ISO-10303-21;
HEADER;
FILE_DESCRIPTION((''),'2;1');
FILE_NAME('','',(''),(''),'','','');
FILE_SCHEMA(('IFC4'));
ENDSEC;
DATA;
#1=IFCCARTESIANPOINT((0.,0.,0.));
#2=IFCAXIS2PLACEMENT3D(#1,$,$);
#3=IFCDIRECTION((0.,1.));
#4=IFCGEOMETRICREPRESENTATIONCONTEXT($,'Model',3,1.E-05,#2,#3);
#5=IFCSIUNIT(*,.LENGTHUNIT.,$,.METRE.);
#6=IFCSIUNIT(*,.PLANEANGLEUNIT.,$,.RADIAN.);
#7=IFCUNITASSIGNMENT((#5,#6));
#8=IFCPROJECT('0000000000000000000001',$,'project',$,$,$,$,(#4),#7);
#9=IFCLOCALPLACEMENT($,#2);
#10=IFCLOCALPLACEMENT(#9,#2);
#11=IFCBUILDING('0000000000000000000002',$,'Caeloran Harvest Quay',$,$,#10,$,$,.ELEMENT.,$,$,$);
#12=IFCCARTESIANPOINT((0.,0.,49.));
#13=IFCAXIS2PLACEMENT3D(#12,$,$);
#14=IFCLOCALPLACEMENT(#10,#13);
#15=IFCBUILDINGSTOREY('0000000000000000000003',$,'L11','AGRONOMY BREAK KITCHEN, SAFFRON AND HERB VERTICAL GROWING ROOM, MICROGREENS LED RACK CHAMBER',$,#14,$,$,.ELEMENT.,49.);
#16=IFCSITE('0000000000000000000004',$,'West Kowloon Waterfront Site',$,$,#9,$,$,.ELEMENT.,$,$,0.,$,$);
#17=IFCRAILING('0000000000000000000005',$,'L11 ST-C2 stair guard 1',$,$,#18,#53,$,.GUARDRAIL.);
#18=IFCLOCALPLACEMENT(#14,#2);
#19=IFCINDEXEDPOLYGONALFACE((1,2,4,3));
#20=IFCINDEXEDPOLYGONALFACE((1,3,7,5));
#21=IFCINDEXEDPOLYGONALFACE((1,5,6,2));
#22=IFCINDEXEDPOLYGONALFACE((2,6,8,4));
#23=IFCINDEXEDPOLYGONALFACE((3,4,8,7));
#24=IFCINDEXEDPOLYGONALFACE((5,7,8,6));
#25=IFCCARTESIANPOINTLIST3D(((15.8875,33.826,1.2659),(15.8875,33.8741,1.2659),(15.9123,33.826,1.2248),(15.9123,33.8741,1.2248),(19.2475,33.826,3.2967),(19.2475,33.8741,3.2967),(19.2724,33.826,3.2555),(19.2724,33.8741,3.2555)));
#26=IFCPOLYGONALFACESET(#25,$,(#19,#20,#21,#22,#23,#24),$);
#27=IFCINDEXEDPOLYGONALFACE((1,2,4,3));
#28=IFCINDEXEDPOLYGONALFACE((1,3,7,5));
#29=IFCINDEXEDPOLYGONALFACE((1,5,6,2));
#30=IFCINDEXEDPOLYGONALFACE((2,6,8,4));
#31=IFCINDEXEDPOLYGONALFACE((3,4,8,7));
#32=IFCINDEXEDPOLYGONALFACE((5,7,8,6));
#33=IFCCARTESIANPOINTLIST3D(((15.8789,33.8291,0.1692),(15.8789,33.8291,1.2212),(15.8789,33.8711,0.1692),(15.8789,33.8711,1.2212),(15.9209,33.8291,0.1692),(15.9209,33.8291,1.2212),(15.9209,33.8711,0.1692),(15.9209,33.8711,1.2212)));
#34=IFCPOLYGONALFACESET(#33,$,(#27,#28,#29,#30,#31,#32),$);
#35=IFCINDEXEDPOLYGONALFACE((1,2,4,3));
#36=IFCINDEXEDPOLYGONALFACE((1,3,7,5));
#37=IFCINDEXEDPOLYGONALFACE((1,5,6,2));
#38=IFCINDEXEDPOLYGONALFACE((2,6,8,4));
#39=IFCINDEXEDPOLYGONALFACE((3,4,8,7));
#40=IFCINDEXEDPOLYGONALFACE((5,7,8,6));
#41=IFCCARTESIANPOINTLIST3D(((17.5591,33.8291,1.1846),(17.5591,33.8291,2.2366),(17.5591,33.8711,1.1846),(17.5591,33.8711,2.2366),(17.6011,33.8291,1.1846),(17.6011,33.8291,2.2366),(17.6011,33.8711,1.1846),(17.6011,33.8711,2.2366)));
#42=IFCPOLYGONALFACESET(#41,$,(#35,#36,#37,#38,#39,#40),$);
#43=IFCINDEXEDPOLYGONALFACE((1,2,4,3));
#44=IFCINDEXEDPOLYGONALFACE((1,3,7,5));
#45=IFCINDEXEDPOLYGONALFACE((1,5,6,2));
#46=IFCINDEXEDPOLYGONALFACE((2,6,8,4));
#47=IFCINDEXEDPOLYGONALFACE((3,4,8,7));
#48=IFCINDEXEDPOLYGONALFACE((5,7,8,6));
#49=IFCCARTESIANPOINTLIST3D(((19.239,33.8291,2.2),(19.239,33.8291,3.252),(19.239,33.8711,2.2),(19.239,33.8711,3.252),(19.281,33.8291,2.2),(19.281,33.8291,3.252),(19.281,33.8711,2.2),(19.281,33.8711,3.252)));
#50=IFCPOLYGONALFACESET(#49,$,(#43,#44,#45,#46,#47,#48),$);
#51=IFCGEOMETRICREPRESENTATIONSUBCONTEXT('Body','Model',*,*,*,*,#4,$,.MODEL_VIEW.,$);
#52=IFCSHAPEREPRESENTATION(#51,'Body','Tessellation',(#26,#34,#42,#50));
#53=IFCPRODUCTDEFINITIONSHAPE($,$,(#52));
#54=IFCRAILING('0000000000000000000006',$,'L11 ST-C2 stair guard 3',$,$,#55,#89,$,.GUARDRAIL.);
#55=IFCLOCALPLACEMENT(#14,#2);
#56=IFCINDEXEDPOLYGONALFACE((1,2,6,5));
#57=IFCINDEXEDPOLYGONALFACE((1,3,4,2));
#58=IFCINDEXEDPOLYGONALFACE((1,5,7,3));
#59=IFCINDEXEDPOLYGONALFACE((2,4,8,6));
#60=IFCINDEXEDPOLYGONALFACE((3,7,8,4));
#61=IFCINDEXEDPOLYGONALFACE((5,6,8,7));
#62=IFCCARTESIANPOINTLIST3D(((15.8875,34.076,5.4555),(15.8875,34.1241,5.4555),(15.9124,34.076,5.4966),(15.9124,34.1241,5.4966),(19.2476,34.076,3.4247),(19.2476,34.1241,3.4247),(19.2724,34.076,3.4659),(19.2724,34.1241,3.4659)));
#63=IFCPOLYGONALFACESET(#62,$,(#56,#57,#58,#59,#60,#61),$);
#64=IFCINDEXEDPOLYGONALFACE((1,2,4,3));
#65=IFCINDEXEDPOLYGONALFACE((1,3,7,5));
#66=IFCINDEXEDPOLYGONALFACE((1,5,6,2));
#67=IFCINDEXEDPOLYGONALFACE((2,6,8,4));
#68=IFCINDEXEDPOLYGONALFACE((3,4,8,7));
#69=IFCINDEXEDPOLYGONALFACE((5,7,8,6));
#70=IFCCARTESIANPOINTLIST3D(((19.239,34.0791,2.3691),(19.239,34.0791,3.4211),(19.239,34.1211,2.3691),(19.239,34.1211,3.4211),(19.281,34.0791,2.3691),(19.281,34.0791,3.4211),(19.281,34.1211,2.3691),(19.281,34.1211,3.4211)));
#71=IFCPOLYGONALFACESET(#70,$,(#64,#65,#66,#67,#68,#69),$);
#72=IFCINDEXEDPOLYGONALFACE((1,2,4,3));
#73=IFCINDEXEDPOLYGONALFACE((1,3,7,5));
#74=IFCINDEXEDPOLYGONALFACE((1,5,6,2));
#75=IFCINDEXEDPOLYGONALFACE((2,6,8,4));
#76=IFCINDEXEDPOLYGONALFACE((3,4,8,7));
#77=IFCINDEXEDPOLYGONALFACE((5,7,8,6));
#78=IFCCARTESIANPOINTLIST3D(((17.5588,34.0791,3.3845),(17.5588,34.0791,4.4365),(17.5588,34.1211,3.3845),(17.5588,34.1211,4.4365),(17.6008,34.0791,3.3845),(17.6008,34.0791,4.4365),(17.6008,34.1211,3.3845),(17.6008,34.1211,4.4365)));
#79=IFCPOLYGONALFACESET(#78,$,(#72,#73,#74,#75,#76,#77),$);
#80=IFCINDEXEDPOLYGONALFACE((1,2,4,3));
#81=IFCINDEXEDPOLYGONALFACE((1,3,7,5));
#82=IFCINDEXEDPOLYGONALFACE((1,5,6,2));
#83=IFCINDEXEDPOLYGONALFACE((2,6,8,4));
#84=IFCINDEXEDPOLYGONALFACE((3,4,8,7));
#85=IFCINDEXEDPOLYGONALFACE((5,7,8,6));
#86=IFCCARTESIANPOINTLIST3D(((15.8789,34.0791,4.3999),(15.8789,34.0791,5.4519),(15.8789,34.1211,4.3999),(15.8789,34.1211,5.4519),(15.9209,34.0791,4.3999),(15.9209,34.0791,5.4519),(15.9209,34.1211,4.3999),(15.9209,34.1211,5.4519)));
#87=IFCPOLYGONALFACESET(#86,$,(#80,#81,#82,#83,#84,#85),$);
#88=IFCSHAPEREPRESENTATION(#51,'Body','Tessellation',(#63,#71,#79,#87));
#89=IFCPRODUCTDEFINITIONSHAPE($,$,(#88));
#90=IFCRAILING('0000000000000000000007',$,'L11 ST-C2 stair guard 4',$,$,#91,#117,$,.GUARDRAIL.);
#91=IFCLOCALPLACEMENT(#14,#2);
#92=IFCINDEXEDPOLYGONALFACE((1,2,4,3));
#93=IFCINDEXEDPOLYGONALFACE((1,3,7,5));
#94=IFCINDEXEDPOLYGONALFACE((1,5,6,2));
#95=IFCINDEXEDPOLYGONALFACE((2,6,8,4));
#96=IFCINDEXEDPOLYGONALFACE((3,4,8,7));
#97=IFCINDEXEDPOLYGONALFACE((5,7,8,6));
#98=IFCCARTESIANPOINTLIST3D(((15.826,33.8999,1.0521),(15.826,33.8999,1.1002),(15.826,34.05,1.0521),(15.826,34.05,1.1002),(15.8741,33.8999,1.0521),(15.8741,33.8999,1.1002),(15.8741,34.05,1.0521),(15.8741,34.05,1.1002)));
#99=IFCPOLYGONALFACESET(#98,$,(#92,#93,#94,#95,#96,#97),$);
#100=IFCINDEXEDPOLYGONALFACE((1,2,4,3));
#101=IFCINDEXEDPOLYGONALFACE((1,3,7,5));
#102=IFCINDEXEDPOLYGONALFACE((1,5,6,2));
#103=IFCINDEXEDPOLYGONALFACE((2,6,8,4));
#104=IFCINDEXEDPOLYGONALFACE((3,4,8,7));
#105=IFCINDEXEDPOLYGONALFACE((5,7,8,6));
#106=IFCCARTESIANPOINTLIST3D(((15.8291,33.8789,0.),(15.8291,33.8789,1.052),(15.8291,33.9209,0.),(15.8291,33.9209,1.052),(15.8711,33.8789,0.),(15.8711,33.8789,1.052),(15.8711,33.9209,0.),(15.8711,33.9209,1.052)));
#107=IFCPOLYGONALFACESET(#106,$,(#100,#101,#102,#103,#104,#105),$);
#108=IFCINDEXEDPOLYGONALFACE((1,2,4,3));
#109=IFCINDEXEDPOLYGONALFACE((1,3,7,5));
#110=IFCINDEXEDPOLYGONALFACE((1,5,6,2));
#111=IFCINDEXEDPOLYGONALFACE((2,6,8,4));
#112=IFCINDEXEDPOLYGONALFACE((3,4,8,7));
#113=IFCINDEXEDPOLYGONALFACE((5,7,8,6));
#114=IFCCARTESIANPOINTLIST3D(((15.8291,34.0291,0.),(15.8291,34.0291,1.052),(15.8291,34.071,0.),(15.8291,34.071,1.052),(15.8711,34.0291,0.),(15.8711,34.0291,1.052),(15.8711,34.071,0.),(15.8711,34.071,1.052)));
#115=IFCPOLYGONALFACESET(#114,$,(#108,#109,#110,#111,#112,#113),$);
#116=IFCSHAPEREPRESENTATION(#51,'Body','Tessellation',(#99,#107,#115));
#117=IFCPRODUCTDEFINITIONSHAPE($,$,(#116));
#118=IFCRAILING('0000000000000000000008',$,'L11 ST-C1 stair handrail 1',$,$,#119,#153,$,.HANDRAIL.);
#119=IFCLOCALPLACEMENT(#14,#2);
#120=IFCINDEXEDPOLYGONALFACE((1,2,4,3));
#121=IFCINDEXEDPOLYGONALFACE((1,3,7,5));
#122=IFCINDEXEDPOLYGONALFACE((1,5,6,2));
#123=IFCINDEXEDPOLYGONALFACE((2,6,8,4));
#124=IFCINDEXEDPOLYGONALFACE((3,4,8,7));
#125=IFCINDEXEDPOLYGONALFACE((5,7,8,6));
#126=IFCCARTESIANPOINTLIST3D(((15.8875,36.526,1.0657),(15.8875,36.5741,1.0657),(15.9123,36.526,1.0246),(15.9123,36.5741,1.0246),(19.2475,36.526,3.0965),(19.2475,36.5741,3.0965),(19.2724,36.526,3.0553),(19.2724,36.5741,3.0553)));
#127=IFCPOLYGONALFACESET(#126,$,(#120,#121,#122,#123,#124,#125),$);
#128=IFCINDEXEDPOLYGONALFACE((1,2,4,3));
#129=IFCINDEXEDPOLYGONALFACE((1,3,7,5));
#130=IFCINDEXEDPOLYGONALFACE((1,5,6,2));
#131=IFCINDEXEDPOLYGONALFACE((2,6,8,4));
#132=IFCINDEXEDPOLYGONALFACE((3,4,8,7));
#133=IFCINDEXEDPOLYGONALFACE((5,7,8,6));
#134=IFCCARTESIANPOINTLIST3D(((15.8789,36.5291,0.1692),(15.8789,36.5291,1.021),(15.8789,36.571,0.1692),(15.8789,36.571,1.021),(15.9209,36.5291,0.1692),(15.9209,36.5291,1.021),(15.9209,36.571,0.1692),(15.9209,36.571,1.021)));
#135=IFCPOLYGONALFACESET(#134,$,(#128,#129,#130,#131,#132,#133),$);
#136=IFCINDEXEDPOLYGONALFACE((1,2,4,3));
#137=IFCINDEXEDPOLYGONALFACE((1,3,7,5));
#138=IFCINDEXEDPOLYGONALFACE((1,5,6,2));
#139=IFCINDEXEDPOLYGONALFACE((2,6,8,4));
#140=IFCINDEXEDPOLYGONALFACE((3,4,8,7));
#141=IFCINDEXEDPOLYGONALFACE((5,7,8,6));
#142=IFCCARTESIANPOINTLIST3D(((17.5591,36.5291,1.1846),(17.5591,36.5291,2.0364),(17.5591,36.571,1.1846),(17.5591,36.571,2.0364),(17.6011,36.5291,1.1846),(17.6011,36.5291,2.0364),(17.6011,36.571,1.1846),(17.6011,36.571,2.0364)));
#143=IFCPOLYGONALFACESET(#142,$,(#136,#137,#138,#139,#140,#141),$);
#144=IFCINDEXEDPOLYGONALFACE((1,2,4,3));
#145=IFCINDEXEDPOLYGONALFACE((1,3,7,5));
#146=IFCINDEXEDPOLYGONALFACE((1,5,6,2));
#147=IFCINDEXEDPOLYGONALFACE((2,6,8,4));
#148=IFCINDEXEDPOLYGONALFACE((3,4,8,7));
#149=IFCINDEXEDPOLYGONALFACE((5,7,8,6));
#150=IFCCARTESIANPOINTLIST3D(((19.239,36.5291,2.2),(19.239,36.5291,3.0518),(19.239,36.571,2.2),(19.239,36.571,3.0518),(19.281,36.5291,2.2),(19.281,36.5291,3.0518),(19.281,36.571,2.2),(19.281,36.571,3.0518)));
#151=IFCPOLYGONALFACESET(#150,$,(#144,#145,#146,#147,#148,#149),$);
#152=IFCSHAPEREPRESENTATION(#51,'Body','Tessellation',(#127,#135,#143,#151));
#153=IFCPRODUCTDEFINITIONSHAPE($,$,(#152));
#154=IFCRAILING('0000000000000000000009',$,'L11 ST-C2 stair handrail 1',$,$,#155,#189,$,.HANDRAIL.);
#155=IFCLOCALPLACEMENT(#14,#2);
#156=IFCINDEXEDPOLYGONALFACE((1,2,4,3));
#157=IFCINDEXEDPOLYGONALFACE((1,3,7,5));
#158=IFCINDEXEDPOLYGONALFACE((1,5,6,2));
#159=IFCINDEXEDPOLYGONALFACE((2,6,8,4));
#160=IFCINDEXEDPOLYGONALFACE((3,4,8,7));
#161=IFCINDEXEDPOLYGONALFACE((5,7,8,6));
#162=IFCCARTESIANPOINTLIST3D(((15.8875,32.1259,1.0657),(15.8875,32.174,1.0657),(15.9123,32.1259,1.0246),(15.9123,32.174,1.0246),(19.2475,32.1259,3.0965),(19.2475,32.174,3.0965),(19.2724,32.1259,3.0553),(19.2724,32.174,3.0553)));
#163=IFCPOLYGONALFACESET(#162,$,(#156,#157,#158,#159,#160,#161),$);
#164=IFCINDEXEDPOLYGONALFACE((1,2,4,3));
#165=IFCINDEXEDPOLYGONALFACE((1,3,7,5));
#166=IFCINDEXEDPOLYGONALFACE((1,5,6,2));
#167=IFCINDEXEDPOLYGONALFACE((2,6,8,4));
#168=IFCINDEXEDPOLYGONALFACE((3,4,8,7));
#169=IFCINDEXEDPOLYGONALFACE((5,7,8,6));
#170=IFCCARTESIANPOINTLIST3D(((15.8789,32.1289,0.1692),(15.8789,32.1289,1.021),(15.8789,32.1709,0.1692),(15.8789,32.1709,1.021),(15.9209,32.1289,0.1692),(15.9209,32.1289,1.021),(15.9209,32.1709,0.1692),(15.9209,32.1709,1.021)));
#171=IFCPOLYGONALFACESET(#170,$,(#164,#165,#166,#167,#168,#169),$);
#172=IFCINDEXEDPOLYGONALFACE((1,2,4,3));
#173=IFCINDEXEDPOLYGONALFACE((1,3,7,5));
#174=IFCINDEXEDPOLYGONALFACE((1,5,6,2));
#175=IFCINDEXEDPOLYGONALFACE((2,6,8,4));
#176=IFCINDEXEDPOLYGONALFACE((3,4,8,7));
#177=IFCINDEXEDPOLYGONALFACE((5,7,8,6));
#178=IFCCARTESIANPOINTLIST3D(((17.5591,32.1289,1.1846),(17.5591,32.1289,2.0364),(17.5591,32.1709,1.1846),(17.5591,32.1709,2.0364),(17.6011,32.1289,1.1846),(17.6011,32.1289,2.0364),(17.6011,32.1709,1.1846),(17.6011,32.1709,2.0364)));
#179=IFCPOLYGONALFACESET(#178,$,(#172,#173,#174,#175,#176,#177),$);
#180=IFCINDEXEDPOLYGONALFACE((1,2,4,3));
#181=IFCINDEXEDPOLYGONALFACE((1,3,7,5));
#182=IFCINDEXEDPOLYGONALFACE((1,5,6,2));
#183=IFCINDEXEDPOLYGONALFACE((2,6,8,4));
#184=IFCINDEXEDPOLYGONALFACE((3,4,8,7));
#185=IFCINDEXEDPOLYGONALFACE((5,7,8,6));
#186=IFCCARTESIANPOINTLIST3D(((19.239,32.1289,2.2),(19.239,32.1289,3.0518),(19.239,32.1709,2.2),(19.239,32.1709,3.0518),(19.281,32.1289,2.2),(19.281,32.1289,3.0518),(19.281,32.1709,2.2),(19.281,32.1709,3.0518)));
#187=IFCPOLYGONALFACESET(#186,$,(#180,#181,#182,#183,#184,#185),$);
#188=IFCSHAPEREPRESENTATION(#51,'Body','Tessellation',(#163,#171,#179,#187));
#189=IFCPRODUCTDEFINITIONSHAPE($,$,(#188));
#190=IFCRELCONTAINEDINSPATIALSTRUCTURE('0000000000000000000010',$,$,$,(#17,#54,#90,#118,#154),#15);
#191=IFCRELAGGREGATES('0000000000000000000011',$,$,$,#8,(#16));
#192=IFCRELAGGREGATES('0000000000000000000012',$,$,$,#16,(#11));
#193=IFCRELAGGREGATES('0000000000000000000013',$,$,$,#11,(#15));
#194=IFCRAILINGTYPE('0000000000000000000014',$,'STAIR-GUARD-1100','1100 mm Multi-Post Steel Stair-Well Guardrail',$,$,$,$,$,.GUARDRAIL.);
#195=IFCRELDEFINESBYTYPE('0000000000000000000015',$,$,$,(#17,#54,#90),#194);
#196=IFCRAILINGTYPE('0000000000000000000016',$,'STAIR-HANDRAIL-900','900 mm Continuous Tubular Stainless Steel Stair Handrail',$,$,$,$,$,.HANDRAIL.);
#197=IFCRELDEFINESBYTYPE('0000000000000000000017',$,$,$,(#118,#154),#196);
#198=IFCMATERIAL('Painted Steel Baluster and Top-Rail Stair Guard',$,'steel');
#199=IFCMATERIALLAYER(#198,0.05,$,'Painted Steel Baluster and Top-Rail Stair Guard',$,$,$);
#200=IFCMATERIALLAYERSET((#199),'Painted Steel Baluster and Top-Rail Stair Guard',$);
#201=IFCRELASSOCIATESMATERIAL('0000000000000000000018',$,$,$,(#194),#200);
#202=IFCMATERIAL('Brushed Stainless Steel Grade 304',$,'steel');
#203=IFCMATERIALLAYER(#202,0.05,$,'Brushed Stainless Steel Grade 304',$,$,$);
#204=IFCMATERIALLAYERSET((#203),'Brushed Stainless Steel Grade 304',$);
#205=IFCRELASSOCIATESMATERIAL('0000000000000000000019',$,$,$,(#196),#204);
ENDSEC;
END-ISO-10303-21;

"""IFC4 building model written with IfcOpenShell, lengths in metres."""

from ifc_helpers import new_model, si_unit, direction, frame, origin, origin_2d, place, context, subcontext, project, spatial, rectangle, extrude, material, layer, layer_set, type_object, element, save


model = new_model("IFC4")

# Units and contexts
model_context = context("Model", 3, precision=1e-05, world=origin(), true_north=direction((0.0, 1.0)))
body_context = subcontext(model_context, "Body", "Model", "MODEL_VIEW")
ifc_project = project(units=[si_unit("LENGTHUNIT", "METRE"), si_unit("PLANEANGLEUNIT", "RADIAN")], contexts=[model_context])

# Site, building, storey
site_placement = place(None, origin())
site = spatial("IfcSite", under=ifc_project, at=site_placement, Name="West Kowloon Waterfront Site", CompositionType="ELEMENT", RefElevation=0.0)
building_placement = place(site_placement, origin())
building = spatial("IfcBuilding", under=site, at=building_placement, Name="Caeloran Harvest Quay", CompositionType="ELEMENT")
storey_placement = place(building_placement, frame((0.0, 0.0, 49.0)))
storey = spatial("IfcBuildingStorey", under=building, at=storey_placement, Name="L11", Description="AGRONOMY BREAK KITCHEN, SAFFRON AND HERB VERTICAL GROWING ROOM, MICROGREENS LED RACK CHAMBER", CompositionType="ELEMENT", Elevation=49.0)

# Railings
ifc_material_1 = material(Name="Painted Steel Baluster and Top-Rail Stair Guard", Category="steel")
ifc_layer_1 = layer(ifc_material_1, 0.05, Name="Painted Steel Baluster and Top-Rail Stair Guard")
ifc_layer_set_1 = layer_set([ifc_layer_1], Name="Painted Steel Baluster and Top-Rail Stair Guard")
railing_type_1 = type_object("IfcRailingType", Name="STAIR-GUARD-1100", Description="1100 mm Multi-Post Steel Stair-Well Guardrail", PredefinedType="GUARDRAIL", material=ifc_layer_set_1)
railing_1_placement = place(storey_placement, frame((15.8999, 33.8501, 0.1692)))
element("IfcRailing", 1, at=railing_1_placement, inside=storey, type_object=railing_type_1, Name="L11 ST-C2 stair guard 1", PredefinedType="GUARDRAIL", context=body_context, shape_type="SweptSolid", body=[
    extrude(rectangle(XDim=0.0481, YDim=0.0481, at=origin_2d()), frame((0.0, 0.0, 1.0762), z_axis=(0.855837, 0.0, 0.517246), x_axis=(0.0, 1.0, 0.0)), (0.0, 0.0, 1.0), 3.926),
    extrude(rectangle(XDim=0.042, YDim=0.042, at=origin_2d()), origin(), (0.0, 0.0, 1.0), 1.052),
    extrude(rectangle(XDim=0.042, YDim=0.042, at=origin_2d()), frame((1.6802, 0.0, 1.0154)), (0.0, 0.0, 1.0), 1.052),
    extrude(rectangle(XDim=0.042, YDim=0.042, at=origin_2d()), frame((3.3601, 0.0, 2.0308)), (0.0, 0.0, 1.0), 1.052),
])
railing_2_placement = place(storey_placement, frame((19.26, 34.1001, 2.3691)))
element("IfcRailing", 2, at=railing_2_placement, inside=storey, type_object=railing_type_1, Name="L11 ST-C2 stair guard 3", PredefinedType="GUARDRAIL", context=body_context, shape_type="SweptSolid", body=[
    extrude(rectangle(XDim=0.0481, YDim=0.0481, at=origin_2d()), frame((0.0, 0.0, 1.0762), z_axis=(-0.855837, 0.0, 0.517246), x_axis=(0.0, -1.0, 0.0)), (0.0, 0.0, 1.0), 3.926),
    extrude(rectangle(XDim=0.042, YDim=0.042, at=origin_2d()), origin(), (0.0, 0.0, 1.0), 1.052),
    extrude(rectangle(XDim=0.042, YDim=0.042, at=origin_2d()), frame((-1.6802, 0.0, 1.0154)), (0.0, 0.0, 1.0), 1.052),
    extrude(rectangle(XDim=0.042, YDim=0.042, at=origin_2d()), frame((-3.3601, 0.0, 2.0308)), (0.0, 0.0, 1.0), 1.052),
])
railing_3_placement = place(storey_placement, frame((15.8501, 33.8999, 0.0)))
element("IfcRailing", 3, at=railing_3_placement, inside=storey, type_object=railing_type_1, Name="L11 ST-C2 stair guard 4", PredefinedType="GUARDRAIL", context=body_context, shape_type="SweptSolid", body=[
    extrude(rectangle(XDim=0.0481, YDim=0.0481, at=origin_2d()), frame((0.0, 0.0, 1.0762), z_axis=(0.0, 1.0, 0.0), x_axis=(-1.0, 0.0, 0.0)), (0.0, 0.0, 1.0), 0.1501),
    extrude(rectangle(XDim=0.042, YDim=0.042, at=origin_2d()), origin(), (0.0, 0.0, 1.0), 1.052),
    extrude(rectangle(XDim=0.042, YDim=0.042, at=origin_2d()), frame((0.0, 0.1501, 0.0)), (0.0, 0.0, 1.0), 1.052),
])
ifc_material_2 = material(Name="Brushed Stainless Steel Grade 304", Category="steel")
ifc_layer_2 = layer(ifc_material_2, 0.05, Name="Brushed Stainless Steel Grade 304")
ifc_layer_set_2 = layer_set([ifc_layer_2], Name="Brushed Stainless Steel Grade 304")
railing_type_2 = type_object("IfcRailingType", Name="STAIR-HANDRAIL-900", Description="900 mm Continuous Tubular Stainless Steel Stair Handrail", PredefinedType="HANDRAIL", material=ifc_layer_set_2)
for number, where, name in (
    (4, (15.8999, 36.55, 0.1692), "L11 ST-C1 stair handrail 1"),
    (5, (15.8999, 32.1499, 0.1692), "L11 ST-C2 stair handrail 1"),
):
    element("IfcRailing", number, at=place(storey_placement, frame(where)), inside=storey, type_object=railing_type_2, Name=name, PredefinedType="HANDRAIL", context=body_context, shape_type="SweptSolid", body=[
        extrude(rectangle(XDim=0.0481, YDim=0.0481, at=origin_2d()), frame((0.0, 0.0, 0.876), z_axis=(0.855837, 0.0, 0.517246), x_axis=(0.0, 1.0, 0.0)), (0.0, 0.0, 1.0), 3.926),
        extrude(rectangle(XDim=0.042, YDim=0.042, at=origin_2d()), origin(), (0.0, 0.0, 1.0), 0.8518),
        extrude(rectangle(XDim=0.042, YDim=0.042, at=origin_2d()), frame((1.6802, 0.0, 1.0154)), (0.0, 0.0, 1.0), 0.8518),
        extrude(rectangle(XDim=0.042, YDim=0.042, at=origin_2d()), frame((3.3601, 0.0, 2.0308)), (0.0, 0.0, 1.0), 0.8518),
    ])

save(model, "model.ifc")
